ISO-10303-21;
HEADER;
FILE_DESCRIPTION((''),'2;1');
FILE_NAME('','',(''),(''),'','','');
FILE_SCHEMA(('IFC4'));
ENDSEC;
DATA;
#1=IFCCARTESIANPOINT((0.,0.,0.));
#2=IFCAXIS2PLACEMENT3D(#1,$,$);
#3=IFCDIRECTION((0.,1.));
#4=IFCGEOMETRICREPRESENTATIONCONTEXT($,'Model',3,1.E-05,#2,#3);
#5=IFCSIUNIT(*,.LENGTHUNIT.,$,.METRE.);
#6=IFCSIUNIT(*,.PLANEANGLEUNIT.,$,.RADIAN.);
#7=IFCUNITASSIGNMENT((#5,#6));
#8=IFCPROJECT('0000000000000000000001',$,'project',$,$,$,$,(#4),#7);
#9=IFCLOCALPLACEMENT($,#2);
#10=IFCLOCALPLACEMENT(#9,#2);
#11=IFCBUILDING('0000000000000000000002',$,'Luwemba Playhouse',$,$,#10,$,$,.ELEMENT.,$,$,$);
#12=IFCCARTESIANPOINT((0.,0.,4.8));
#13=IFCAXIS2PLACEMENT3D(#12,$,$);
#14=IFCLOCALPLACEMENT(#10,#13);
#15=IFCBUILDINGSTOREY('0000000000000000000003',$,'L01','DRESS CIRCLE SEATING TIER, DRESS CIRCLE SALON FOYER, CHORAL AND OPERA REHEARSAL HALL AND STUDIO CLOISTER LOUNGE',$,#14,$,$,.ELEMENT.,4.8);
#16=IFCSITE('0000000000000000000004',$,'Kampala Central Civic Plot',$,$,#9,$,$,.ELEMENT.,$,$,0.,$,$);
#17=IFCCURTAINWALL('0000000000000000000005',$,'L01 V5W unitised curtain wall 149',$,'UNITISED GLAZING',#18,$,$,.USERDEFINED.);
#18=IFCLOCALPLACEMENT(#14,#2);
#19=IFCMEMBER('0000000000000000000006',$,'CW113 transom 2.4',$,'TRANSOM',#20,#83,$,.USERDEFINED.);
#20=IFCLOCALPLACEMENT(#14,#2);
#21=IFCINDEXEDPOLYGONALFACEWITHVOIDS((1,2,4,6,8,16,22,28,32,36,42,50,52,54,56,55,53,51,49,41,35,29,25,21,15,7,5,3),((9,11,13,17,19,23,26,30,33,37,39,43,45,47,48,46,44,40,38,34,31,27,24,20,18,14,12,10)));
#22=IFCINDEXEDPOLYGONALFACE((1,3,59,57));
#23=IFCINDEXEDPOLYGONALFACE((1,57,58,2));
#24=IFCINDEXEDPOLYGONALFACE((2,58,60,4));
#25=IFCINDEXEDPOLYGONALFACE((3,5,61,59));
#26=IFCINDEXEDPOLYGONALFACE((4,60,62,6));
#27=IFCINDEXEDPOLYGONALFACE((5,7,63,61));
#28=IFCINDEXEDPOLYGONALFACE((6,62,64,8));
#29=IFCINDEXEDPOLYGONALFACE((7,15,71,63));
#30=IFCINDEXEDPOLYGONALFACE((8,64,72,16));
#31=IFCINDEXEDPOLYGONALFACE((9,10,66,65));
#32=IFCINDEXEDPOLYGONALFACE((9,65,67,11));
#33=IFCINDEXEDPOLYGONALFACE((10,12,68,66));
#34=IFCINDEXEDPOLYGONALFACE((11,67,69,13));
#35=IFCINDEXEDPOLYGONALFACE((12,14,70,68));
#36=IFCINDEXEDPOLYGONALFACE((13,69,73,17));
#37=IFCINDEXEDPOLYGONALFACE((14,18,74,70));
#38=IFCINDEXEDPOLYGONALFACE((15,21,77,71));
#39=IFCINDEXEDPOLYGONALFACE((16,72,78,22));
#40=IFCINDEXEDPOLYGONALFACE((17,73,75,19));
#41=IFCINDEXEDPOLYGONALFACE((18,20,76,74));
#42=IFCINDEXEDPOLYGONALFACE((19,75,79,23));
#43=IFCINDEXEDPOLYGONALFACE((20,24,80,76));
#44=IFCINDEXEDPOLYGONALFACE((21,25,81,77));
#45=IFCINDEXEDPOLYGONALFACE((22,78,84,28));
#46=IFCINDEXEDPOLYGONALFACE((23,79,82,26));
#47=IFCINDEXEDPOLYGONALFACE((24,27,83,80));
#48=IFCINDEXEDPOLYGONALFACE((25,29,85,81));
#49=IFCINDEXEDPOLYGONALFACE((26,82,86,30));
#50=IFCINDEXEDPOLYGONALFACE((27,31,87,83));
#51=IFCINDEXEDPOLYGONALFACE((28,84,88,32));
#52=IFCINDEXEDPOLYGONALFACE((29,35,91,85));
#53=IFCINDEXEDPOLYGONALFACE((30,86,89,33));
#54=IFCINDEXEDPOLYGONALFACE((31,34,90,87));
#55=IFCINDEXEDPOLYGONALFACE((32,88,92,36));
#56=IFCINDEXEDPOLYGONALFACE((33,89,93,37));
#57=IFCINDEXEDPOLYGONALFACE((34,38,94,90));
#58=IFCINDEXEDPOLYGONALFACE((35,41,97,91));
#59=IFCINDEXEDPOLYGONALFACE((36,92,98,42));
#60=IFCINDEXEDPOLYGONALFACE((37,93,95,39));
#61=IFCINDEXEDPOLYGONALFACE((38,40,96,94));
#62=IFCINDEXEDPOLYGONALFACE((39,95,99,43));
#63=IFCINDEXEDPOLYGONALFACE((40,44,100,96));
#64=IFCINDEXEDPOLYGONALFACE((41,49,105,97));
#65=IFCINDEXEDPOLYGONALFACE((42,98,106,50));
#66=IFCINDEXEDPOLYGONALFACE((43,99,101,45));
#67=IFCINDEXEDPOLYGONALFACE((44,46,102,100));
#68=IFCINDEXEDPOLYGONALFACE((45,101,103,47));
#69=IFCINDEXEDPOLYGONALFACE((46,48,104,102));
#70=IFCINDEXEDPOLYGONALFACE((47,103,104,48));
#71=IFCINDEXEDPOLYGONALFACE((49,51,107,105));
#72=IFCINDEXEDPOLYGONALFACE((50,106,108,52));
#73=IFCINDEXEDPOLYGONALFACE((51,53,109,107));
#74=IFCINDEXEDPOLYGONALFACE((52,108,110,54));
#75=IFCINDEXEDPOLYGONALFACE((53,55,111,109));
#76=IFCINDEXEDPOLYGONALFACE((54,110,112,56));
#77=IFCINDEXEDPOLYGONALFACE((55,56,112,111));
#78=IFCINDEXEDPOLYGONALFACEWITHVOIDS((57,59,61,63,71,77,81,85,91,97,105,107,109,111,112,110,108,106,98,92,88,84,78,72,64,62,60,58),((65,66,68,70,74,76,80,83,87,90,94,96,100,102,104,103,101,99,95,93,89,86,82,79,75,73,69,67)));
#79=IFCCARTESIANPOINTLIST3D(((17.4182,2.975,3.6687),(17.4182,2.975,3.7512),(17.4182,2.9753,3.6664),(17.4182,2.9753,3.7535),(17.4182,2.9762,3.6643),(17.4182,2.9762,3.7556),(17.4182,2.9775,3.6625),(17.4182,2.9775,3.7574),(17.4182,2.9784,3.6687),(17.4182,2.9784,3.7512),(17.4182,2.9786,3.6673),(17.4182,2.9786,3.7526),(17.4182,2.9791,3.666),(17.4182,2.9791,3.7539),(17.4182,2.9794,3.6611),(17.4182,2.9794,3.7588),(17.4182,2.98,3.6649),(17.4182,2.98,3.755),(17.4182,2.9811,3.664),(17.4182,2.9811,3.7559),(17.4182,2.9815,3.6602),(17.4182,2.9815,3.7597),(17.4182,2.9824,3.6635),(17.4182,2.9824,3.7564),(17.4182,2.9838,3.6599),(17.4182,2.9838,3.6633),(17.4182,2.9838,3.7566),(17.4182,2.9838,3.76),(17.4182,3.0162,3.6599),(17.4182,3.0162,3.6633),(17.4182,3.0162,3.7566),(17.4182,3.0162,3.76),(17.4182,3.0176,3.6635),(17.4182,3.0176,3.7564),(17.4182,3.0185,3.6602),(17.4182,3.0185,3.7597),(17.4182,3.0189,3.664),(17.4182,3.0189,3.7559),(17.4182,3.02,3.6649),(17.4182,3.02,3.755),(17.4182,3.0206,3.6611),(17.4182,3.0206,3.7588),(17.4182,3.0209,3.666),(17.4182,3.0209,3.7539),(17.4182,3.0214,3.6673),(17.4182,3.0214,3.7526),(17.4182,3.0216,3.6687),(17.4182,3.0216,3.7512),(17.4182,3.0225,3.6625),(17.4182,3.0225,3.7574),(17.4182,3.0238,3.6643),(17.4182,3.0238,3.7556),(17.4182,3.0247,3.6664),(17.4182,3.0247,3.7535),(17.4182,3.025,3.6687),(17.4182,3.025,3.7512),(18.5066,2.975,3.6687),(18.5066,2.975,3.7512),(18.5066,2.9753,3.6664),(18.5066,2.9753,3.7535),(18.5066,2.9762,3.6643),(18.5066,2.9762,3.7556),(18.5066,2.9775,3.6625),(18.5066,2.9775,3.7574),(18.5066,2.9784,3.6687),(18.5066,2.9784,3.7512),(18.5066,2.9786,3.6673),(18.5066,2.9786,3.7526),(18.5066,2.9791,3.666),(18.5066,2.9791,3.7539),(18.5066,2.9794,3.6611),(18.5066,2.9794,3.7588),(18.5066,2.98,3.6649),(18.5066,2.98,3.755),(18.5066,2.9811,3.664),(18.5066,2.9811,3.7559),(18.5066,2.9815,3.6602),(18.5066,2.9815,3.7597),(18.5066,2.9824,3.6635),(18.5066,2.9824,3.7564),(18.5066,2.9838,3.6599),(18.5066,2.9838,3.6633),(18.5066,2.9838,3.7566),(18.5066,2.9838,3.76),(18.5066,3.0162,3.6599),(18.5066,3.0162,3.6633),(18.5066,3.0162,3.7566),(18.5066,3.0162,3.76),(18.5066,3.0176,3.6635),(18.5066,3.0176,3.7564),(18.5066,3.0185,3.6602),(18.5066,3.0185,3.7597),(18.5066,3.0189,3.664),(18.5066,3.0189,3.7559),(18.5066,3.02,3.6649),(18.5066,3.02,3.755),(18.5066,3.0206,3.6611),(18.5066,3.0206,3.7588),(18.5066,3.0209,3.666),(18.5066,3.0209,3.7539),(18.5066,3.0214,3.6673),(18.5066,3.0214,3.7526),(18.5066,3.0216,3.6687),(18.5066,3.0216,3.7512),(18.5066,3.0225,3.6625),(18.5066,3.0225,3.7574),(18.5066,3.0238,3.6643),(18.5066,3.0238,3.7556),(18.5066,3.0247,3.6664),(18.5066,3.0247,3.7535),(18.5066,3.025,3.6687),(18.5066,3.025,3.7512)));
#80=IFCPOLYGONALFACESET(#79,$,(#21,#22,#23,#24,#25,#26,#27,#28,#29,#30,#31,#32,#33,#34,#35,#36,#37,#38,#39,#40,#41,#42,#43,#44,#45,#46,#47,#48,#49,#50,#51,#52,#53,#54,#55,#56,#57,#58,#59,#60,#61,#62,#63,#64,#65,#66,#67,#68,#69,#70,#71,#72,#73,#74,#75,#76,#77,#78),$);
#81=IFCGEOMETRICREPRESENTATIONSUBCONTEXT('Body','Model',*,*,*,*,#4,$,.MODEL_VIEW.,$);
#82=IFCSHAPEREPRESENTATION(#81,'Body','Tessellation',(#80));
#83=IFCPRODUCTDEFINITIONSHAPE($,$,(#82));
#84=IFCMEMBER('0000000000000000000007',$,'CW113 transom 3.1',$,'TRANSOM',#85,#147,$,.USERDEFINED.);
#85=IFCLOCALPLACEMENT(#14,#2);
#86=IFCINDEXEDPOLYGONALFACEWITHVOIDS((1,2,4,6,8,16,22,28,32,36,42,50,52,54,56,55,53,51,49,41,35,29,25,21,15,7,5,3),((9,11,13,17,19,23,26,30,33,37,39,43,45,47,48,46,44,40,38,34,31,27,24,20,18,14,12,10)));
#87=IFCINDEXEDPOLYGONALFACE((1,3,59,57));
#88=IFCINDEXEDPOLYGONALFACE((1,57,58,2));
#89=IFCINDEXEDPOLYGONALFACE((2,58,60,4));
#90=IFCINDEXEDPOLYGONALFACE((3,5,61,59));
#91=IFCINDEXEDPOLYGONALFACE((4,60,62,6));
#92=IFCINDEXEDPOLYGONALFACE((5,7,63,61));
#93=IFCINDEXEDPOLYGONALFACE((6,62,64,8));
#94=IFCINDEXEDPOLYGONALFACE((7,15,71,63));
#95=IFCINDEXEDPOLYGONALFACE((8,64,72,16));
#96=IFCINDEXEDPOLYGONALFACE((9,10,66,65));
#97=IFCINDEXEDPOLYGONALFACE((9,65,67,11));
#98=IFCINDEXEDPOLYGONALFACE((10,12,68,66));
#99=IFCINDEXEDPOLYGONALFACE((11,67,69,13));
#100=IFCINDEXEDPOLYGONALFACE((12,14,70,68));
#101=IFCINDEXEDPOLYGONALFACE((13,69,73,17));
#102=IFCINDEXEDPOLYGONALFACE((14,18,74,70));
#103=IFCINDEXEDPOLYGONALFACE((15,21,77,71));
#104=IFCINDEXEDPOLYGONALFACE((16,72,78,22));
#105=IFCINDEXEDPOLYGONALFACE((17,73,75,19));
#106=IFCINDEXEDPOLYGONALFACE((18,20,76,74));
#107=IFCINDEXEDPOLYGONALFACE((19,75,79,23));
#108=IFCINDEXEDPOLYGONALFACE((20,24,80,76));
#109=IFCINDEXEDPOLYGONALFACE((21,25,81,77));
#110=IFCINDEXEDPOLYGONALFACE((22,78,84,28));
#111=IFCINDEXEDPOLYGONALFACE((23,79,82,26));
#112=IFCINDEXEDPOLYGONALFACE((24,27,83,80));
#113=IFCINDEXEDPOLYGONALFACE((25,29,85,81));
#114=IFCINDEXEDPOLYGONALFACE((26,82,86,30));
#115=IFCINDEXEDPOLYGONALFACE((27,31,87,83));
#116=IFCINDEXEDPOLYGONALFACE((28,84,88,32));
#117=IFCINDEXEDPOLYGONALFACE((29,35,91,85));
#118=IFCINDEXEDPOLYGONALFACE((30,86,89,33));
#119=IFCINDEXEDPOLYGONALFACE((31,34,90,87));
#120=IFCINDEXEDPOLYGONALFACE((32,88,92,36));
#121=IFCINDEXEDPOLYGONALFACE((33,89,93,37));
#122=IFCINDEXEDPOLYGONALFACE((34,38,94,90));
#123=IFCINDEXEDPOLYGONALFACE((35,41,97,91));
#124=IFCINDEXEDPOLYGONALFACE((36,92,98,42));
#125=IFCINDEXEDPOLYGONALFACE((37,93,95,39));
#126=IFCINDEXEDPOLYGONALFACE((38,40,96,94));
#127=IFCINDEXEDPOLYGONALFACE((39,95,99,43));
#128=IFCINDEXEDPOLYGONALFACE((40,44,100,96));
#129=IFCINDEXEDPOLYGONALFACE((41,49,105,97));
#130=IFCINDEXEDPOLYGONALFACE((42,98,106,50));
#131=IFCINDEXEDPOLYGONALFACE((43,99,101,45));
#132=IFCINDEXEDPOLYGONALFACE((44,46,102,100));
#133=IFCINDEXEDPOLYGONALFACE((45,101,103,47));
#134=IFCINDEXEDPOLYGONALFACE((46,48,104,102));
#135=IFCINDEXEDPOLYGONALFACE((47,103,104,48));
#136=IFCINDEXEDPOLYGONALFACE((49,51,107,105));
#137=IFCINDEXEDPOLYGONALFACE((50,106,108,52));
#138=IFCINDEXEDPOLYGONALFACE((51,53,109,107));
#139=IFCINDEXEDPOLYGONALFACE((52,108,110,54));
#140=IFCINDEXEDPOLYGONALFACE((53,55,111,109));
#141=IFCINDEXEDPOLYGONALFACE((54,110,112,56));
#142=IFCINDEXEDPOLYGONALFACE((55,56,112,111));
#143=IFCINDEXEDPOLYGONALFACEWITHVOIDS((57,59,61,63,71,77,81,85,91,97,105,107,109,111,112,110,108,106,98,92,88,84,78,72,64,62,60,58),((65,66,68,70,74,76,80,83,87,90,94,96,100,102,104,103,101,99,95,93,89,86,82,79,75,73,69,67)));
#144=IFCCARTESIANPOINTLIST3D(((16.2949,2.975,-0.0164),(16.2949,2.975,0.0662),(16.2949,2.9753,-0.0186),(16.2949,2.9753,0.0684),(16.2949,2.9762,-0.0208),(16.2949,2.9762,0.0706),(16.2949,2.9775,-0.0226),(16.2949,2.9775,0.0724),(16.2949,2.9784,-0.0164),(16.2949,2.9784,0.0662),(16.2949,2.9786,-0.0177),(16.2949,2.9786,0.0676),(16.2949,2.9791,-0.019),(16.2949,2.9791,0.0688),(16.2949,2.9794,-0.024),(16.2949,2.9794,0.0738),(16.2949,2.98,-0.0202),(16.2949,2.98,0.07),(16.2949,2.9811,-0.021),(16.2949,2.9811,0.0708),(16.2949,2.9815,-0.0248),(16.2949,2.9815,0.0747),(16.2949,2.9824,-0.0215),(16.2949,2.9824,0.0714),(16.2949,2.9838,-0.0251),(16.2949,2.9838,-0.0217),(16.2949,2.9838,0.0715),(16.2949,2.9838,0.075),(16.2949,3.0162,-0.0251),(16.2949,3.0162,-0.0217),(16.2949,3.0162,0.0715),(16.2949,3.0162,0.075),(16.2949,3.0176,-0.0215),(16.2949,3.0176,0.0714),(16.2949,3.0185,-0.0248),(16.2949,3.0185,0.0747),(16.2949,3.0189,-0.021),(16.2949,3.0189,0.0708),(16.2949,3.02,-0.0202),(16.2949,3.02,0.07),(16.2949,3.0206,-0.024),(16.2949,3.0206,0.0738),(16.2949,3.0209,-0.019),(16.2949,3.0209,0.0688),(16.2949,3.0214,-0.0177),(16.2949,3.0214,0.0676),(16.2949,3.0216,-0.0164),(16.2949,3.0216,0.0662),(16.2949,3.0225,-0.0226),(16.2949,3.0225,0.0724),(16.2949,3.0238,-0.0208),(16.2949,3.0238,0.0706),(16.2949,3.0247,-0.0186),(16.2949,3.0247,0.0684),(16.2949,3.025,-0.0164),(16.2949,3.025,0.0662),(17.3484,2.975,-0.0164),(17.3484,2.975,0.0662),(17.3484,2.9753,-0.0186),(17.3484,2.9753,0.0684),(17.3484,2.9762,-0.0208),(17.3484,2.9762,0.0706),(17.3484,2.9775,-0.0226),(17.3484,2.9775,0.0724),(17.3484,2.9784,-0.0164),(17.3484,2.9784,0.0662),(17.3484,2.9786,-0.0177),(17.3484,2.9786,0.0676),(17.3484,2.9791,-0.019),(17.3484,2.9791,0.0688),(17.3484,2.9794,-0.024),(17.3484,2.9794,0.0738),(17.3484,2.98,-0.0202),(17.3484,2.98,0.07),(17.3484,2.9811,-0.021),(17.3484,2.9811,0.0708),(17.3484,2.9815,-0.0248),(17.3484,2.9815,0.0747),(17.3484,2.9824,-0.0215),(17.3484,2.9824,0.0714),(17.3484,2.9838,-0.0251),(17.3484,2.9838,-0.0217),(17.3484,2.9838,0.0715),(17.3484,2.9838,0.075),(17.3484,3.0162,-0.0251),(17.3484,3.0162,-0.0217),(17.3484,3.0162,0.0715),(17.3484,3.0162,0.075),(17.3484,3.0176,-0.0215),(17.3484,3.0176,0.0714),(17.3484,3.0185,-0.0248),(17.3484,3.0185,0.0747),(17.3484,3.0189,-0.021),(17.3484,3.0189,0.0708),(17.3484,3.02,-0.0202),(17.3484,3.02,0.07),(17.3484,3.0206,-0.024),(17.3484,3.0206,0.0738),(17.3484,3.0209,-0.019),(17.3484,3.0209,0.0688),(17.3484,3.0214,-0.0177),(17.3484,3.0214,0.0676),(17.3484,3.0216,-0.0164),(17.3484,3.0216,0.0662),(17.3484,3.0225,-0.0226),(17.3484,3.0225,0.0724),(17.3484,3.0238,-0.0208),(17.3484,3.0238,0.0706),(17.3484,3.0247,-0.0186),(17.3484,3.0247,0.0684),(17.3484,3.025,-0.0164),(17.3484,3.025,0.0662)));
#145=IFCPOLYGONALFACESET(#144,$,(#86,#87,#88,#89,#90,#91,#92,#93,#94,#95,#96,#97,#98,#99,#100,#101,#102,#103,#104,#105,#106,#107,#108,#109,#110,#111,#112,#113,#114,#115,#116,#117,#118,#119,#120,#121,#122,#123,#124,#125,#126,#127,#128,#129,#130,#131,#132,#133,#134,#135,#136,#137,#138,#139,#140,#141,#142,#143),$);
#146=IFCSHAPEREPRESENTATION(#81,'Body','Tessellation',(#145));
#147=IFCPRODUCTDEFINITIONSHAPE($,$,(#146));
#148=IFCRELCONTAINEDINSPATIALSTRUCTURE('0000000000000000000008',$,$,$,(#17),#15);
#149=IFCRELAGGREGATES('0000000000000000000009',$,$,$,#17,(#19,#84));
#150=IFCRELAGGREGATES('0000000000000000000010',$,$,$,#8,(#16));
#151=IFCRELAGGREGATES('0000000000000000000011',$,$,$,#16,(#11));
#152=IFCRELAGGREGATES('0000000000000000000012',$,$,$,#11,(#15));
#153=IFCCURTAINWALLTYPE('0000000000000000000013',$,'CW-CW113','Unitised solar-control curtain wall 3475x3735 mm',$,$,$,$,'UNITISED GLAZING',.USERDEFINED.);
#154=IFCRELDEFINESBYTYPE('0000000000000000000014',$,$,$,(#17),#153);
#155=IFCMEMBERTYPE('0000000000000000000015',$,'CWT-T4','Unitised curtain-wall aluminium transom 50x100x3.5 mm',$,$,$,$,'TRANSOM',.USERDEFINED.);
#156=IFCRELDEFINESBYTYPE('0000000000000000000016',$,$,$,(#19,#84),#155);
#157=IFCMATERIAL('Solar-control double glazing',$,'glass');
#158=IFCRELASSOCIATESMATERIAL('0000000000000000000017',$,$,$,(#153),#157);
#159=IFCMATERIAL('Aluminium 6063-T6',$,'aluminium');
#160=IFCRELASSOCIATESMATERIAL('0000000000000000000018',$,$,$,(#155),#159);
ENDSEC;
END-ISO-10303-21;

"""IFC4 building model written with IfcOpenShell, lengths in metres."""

from ifc_helpers import new_model, si_unit, direction, frame, origin, origin_2d, place, context, subcontext, project, spatial, hollow_rectangle, extrude, material, material_profile, profile_set, type_object, element, aggregate, save


model = new_model("IFC4")

# Units and contexts
model_context = context("Model", 3, precision=1e-05, world=origin(), true_north=direction((0.0, 1.0)))
body_context = subcontext(model_context, "Body", "Model", "MODEL_VIEW")
ifc_project = project(units=[si_unit("LENGTHUNIT", "METRE"), si_unit("PLANEANGLEUNIT", "RADIAN")], contexts=[model_context])

# Site, building, storey
site_placement = place(None, origin())
site = spatial("IfcSite", under=ifc_project, at=site_placement, Name="Kampala Central Civic Plot", CompositionType="ELEMENT", RefElevation=0.0)
building_placement = place(site_placement, origin())
building = spatial("IfcBuilding", under=site, at=building_placement, Name="Luwemba Playhouse", CompositionType="ELEMENT")
storey_placement = place(building_placement, frame((0.0, 0.0, 4.8)))
storey = spatial("IfcBuildingStorey", under=building, at=storey_placement, Name="L01", Description="DRESS CIRCLE SEATING TIER, DRESS CIRCLE SALON FOYER, CHORAL AND OPERA REHEARSAL HALL AND STUDIO CLOISTER LOUNGE", CompositionType="ELEMENT", Elevation=4.8)

# Curtain wall
ifc_material_1 = material(Name="Solar-control double glazing", Category="glass")
ifc_material_2 = material(Name="Aluminium 6063-T6", Category="aluminium")
curtain_wall_type_1 = type_object("IfcCurtainWallType", Name="CW-CW113", Description="Unitised solar-control curtain wall 3475x3735 mm", ElementType="UNITISED GLAZING", PredefinedType="USERDEFINED", material=ifc_material_1)
curtain_wall_1_placement = place(storey_placement, origin())
curtain_wall_1 = element("IfcCurtainWall", 1, at=curtain_wall_1_placement, inside=storey, type_object=curtain_wall_type_1, Name="L01 V5W unitised curtain wall 149", ObjectType="UNITISED GLAZING", PredefinedType="USERDEFINED")

# Members
ifc_material_profile_1 = material_profile(ifc_material_2, hollow_rectangle(XDim=0.05, YDim=0.1001, WallThickness=0.0034, InnerFilletRadius=0.0054, OuterFilletRadius=0.0088, at=origin_2d()))
ifc_profile_set_1 = profile_set([ifc_material_profile_1], Name="Aluminium 6063-T6")
member_type_1 = type_object("IfcMemberType", Name="CWT-T4", Description="Unitised curtain-wall aluminium transom 50x100x3.5 mm", ElementType="TRANSOM", PredefinedType="USERDEFINED", material=ifc_profile_set_1)
member_1_placement = place(storey_placement, frame((18.5066, 3.0, 3.71), z_axis=(-1.0, 0.0, 0.0), x_axis=(0.0, -1.0, 0.0)))
member_1 = element("IfcMember", 2, at=member_1_placement, type_object=member_type_1, Name="CW113 transom 2.4", ObjectType="TRANSOM", PredefinedType="USERDEFINED", context=body_context, shape_type="SweptSolid", body=[
    extrude(hollow_rectangle(XDim=0.05, YDim=0.1001, WallThickness=0.0034, InnerFilletRadius=0.0054, OuterFilletRadius=0.0088, at=origin_2d()), origin(), (0.0, 0.0, 1.0), 1.0884),
])
member_2_placement = place(storey_placement, frame((17.3484, 3.0, 0.0249), z_axis=(-1.0, 0.0, 0.0), x_axis=(0.0, -1.0, 0.0)))
member_2 = element("IfcMember", 3, at=member_2_placement, type_object=member_type_1, Name="CW113 transom 3.1", ObjectType="TRANSOM", PredefinedType="USERDEFINED", context=body_context, shape_type="SweptSolid", body=[
    extrude(hollow_rectangle(XDim=0.05, YDim=0.1001, WallThickness=0.0034, InnerFilletRadius=0.0054, OuterFilletRadius=0.0088, at=origin_2d()), origin(), (0.0, 0.0, 1.0), 1.0535),
])

aggregate(curtain_wall_1, [member_1, member_2])

save(model, "model.ifc")
